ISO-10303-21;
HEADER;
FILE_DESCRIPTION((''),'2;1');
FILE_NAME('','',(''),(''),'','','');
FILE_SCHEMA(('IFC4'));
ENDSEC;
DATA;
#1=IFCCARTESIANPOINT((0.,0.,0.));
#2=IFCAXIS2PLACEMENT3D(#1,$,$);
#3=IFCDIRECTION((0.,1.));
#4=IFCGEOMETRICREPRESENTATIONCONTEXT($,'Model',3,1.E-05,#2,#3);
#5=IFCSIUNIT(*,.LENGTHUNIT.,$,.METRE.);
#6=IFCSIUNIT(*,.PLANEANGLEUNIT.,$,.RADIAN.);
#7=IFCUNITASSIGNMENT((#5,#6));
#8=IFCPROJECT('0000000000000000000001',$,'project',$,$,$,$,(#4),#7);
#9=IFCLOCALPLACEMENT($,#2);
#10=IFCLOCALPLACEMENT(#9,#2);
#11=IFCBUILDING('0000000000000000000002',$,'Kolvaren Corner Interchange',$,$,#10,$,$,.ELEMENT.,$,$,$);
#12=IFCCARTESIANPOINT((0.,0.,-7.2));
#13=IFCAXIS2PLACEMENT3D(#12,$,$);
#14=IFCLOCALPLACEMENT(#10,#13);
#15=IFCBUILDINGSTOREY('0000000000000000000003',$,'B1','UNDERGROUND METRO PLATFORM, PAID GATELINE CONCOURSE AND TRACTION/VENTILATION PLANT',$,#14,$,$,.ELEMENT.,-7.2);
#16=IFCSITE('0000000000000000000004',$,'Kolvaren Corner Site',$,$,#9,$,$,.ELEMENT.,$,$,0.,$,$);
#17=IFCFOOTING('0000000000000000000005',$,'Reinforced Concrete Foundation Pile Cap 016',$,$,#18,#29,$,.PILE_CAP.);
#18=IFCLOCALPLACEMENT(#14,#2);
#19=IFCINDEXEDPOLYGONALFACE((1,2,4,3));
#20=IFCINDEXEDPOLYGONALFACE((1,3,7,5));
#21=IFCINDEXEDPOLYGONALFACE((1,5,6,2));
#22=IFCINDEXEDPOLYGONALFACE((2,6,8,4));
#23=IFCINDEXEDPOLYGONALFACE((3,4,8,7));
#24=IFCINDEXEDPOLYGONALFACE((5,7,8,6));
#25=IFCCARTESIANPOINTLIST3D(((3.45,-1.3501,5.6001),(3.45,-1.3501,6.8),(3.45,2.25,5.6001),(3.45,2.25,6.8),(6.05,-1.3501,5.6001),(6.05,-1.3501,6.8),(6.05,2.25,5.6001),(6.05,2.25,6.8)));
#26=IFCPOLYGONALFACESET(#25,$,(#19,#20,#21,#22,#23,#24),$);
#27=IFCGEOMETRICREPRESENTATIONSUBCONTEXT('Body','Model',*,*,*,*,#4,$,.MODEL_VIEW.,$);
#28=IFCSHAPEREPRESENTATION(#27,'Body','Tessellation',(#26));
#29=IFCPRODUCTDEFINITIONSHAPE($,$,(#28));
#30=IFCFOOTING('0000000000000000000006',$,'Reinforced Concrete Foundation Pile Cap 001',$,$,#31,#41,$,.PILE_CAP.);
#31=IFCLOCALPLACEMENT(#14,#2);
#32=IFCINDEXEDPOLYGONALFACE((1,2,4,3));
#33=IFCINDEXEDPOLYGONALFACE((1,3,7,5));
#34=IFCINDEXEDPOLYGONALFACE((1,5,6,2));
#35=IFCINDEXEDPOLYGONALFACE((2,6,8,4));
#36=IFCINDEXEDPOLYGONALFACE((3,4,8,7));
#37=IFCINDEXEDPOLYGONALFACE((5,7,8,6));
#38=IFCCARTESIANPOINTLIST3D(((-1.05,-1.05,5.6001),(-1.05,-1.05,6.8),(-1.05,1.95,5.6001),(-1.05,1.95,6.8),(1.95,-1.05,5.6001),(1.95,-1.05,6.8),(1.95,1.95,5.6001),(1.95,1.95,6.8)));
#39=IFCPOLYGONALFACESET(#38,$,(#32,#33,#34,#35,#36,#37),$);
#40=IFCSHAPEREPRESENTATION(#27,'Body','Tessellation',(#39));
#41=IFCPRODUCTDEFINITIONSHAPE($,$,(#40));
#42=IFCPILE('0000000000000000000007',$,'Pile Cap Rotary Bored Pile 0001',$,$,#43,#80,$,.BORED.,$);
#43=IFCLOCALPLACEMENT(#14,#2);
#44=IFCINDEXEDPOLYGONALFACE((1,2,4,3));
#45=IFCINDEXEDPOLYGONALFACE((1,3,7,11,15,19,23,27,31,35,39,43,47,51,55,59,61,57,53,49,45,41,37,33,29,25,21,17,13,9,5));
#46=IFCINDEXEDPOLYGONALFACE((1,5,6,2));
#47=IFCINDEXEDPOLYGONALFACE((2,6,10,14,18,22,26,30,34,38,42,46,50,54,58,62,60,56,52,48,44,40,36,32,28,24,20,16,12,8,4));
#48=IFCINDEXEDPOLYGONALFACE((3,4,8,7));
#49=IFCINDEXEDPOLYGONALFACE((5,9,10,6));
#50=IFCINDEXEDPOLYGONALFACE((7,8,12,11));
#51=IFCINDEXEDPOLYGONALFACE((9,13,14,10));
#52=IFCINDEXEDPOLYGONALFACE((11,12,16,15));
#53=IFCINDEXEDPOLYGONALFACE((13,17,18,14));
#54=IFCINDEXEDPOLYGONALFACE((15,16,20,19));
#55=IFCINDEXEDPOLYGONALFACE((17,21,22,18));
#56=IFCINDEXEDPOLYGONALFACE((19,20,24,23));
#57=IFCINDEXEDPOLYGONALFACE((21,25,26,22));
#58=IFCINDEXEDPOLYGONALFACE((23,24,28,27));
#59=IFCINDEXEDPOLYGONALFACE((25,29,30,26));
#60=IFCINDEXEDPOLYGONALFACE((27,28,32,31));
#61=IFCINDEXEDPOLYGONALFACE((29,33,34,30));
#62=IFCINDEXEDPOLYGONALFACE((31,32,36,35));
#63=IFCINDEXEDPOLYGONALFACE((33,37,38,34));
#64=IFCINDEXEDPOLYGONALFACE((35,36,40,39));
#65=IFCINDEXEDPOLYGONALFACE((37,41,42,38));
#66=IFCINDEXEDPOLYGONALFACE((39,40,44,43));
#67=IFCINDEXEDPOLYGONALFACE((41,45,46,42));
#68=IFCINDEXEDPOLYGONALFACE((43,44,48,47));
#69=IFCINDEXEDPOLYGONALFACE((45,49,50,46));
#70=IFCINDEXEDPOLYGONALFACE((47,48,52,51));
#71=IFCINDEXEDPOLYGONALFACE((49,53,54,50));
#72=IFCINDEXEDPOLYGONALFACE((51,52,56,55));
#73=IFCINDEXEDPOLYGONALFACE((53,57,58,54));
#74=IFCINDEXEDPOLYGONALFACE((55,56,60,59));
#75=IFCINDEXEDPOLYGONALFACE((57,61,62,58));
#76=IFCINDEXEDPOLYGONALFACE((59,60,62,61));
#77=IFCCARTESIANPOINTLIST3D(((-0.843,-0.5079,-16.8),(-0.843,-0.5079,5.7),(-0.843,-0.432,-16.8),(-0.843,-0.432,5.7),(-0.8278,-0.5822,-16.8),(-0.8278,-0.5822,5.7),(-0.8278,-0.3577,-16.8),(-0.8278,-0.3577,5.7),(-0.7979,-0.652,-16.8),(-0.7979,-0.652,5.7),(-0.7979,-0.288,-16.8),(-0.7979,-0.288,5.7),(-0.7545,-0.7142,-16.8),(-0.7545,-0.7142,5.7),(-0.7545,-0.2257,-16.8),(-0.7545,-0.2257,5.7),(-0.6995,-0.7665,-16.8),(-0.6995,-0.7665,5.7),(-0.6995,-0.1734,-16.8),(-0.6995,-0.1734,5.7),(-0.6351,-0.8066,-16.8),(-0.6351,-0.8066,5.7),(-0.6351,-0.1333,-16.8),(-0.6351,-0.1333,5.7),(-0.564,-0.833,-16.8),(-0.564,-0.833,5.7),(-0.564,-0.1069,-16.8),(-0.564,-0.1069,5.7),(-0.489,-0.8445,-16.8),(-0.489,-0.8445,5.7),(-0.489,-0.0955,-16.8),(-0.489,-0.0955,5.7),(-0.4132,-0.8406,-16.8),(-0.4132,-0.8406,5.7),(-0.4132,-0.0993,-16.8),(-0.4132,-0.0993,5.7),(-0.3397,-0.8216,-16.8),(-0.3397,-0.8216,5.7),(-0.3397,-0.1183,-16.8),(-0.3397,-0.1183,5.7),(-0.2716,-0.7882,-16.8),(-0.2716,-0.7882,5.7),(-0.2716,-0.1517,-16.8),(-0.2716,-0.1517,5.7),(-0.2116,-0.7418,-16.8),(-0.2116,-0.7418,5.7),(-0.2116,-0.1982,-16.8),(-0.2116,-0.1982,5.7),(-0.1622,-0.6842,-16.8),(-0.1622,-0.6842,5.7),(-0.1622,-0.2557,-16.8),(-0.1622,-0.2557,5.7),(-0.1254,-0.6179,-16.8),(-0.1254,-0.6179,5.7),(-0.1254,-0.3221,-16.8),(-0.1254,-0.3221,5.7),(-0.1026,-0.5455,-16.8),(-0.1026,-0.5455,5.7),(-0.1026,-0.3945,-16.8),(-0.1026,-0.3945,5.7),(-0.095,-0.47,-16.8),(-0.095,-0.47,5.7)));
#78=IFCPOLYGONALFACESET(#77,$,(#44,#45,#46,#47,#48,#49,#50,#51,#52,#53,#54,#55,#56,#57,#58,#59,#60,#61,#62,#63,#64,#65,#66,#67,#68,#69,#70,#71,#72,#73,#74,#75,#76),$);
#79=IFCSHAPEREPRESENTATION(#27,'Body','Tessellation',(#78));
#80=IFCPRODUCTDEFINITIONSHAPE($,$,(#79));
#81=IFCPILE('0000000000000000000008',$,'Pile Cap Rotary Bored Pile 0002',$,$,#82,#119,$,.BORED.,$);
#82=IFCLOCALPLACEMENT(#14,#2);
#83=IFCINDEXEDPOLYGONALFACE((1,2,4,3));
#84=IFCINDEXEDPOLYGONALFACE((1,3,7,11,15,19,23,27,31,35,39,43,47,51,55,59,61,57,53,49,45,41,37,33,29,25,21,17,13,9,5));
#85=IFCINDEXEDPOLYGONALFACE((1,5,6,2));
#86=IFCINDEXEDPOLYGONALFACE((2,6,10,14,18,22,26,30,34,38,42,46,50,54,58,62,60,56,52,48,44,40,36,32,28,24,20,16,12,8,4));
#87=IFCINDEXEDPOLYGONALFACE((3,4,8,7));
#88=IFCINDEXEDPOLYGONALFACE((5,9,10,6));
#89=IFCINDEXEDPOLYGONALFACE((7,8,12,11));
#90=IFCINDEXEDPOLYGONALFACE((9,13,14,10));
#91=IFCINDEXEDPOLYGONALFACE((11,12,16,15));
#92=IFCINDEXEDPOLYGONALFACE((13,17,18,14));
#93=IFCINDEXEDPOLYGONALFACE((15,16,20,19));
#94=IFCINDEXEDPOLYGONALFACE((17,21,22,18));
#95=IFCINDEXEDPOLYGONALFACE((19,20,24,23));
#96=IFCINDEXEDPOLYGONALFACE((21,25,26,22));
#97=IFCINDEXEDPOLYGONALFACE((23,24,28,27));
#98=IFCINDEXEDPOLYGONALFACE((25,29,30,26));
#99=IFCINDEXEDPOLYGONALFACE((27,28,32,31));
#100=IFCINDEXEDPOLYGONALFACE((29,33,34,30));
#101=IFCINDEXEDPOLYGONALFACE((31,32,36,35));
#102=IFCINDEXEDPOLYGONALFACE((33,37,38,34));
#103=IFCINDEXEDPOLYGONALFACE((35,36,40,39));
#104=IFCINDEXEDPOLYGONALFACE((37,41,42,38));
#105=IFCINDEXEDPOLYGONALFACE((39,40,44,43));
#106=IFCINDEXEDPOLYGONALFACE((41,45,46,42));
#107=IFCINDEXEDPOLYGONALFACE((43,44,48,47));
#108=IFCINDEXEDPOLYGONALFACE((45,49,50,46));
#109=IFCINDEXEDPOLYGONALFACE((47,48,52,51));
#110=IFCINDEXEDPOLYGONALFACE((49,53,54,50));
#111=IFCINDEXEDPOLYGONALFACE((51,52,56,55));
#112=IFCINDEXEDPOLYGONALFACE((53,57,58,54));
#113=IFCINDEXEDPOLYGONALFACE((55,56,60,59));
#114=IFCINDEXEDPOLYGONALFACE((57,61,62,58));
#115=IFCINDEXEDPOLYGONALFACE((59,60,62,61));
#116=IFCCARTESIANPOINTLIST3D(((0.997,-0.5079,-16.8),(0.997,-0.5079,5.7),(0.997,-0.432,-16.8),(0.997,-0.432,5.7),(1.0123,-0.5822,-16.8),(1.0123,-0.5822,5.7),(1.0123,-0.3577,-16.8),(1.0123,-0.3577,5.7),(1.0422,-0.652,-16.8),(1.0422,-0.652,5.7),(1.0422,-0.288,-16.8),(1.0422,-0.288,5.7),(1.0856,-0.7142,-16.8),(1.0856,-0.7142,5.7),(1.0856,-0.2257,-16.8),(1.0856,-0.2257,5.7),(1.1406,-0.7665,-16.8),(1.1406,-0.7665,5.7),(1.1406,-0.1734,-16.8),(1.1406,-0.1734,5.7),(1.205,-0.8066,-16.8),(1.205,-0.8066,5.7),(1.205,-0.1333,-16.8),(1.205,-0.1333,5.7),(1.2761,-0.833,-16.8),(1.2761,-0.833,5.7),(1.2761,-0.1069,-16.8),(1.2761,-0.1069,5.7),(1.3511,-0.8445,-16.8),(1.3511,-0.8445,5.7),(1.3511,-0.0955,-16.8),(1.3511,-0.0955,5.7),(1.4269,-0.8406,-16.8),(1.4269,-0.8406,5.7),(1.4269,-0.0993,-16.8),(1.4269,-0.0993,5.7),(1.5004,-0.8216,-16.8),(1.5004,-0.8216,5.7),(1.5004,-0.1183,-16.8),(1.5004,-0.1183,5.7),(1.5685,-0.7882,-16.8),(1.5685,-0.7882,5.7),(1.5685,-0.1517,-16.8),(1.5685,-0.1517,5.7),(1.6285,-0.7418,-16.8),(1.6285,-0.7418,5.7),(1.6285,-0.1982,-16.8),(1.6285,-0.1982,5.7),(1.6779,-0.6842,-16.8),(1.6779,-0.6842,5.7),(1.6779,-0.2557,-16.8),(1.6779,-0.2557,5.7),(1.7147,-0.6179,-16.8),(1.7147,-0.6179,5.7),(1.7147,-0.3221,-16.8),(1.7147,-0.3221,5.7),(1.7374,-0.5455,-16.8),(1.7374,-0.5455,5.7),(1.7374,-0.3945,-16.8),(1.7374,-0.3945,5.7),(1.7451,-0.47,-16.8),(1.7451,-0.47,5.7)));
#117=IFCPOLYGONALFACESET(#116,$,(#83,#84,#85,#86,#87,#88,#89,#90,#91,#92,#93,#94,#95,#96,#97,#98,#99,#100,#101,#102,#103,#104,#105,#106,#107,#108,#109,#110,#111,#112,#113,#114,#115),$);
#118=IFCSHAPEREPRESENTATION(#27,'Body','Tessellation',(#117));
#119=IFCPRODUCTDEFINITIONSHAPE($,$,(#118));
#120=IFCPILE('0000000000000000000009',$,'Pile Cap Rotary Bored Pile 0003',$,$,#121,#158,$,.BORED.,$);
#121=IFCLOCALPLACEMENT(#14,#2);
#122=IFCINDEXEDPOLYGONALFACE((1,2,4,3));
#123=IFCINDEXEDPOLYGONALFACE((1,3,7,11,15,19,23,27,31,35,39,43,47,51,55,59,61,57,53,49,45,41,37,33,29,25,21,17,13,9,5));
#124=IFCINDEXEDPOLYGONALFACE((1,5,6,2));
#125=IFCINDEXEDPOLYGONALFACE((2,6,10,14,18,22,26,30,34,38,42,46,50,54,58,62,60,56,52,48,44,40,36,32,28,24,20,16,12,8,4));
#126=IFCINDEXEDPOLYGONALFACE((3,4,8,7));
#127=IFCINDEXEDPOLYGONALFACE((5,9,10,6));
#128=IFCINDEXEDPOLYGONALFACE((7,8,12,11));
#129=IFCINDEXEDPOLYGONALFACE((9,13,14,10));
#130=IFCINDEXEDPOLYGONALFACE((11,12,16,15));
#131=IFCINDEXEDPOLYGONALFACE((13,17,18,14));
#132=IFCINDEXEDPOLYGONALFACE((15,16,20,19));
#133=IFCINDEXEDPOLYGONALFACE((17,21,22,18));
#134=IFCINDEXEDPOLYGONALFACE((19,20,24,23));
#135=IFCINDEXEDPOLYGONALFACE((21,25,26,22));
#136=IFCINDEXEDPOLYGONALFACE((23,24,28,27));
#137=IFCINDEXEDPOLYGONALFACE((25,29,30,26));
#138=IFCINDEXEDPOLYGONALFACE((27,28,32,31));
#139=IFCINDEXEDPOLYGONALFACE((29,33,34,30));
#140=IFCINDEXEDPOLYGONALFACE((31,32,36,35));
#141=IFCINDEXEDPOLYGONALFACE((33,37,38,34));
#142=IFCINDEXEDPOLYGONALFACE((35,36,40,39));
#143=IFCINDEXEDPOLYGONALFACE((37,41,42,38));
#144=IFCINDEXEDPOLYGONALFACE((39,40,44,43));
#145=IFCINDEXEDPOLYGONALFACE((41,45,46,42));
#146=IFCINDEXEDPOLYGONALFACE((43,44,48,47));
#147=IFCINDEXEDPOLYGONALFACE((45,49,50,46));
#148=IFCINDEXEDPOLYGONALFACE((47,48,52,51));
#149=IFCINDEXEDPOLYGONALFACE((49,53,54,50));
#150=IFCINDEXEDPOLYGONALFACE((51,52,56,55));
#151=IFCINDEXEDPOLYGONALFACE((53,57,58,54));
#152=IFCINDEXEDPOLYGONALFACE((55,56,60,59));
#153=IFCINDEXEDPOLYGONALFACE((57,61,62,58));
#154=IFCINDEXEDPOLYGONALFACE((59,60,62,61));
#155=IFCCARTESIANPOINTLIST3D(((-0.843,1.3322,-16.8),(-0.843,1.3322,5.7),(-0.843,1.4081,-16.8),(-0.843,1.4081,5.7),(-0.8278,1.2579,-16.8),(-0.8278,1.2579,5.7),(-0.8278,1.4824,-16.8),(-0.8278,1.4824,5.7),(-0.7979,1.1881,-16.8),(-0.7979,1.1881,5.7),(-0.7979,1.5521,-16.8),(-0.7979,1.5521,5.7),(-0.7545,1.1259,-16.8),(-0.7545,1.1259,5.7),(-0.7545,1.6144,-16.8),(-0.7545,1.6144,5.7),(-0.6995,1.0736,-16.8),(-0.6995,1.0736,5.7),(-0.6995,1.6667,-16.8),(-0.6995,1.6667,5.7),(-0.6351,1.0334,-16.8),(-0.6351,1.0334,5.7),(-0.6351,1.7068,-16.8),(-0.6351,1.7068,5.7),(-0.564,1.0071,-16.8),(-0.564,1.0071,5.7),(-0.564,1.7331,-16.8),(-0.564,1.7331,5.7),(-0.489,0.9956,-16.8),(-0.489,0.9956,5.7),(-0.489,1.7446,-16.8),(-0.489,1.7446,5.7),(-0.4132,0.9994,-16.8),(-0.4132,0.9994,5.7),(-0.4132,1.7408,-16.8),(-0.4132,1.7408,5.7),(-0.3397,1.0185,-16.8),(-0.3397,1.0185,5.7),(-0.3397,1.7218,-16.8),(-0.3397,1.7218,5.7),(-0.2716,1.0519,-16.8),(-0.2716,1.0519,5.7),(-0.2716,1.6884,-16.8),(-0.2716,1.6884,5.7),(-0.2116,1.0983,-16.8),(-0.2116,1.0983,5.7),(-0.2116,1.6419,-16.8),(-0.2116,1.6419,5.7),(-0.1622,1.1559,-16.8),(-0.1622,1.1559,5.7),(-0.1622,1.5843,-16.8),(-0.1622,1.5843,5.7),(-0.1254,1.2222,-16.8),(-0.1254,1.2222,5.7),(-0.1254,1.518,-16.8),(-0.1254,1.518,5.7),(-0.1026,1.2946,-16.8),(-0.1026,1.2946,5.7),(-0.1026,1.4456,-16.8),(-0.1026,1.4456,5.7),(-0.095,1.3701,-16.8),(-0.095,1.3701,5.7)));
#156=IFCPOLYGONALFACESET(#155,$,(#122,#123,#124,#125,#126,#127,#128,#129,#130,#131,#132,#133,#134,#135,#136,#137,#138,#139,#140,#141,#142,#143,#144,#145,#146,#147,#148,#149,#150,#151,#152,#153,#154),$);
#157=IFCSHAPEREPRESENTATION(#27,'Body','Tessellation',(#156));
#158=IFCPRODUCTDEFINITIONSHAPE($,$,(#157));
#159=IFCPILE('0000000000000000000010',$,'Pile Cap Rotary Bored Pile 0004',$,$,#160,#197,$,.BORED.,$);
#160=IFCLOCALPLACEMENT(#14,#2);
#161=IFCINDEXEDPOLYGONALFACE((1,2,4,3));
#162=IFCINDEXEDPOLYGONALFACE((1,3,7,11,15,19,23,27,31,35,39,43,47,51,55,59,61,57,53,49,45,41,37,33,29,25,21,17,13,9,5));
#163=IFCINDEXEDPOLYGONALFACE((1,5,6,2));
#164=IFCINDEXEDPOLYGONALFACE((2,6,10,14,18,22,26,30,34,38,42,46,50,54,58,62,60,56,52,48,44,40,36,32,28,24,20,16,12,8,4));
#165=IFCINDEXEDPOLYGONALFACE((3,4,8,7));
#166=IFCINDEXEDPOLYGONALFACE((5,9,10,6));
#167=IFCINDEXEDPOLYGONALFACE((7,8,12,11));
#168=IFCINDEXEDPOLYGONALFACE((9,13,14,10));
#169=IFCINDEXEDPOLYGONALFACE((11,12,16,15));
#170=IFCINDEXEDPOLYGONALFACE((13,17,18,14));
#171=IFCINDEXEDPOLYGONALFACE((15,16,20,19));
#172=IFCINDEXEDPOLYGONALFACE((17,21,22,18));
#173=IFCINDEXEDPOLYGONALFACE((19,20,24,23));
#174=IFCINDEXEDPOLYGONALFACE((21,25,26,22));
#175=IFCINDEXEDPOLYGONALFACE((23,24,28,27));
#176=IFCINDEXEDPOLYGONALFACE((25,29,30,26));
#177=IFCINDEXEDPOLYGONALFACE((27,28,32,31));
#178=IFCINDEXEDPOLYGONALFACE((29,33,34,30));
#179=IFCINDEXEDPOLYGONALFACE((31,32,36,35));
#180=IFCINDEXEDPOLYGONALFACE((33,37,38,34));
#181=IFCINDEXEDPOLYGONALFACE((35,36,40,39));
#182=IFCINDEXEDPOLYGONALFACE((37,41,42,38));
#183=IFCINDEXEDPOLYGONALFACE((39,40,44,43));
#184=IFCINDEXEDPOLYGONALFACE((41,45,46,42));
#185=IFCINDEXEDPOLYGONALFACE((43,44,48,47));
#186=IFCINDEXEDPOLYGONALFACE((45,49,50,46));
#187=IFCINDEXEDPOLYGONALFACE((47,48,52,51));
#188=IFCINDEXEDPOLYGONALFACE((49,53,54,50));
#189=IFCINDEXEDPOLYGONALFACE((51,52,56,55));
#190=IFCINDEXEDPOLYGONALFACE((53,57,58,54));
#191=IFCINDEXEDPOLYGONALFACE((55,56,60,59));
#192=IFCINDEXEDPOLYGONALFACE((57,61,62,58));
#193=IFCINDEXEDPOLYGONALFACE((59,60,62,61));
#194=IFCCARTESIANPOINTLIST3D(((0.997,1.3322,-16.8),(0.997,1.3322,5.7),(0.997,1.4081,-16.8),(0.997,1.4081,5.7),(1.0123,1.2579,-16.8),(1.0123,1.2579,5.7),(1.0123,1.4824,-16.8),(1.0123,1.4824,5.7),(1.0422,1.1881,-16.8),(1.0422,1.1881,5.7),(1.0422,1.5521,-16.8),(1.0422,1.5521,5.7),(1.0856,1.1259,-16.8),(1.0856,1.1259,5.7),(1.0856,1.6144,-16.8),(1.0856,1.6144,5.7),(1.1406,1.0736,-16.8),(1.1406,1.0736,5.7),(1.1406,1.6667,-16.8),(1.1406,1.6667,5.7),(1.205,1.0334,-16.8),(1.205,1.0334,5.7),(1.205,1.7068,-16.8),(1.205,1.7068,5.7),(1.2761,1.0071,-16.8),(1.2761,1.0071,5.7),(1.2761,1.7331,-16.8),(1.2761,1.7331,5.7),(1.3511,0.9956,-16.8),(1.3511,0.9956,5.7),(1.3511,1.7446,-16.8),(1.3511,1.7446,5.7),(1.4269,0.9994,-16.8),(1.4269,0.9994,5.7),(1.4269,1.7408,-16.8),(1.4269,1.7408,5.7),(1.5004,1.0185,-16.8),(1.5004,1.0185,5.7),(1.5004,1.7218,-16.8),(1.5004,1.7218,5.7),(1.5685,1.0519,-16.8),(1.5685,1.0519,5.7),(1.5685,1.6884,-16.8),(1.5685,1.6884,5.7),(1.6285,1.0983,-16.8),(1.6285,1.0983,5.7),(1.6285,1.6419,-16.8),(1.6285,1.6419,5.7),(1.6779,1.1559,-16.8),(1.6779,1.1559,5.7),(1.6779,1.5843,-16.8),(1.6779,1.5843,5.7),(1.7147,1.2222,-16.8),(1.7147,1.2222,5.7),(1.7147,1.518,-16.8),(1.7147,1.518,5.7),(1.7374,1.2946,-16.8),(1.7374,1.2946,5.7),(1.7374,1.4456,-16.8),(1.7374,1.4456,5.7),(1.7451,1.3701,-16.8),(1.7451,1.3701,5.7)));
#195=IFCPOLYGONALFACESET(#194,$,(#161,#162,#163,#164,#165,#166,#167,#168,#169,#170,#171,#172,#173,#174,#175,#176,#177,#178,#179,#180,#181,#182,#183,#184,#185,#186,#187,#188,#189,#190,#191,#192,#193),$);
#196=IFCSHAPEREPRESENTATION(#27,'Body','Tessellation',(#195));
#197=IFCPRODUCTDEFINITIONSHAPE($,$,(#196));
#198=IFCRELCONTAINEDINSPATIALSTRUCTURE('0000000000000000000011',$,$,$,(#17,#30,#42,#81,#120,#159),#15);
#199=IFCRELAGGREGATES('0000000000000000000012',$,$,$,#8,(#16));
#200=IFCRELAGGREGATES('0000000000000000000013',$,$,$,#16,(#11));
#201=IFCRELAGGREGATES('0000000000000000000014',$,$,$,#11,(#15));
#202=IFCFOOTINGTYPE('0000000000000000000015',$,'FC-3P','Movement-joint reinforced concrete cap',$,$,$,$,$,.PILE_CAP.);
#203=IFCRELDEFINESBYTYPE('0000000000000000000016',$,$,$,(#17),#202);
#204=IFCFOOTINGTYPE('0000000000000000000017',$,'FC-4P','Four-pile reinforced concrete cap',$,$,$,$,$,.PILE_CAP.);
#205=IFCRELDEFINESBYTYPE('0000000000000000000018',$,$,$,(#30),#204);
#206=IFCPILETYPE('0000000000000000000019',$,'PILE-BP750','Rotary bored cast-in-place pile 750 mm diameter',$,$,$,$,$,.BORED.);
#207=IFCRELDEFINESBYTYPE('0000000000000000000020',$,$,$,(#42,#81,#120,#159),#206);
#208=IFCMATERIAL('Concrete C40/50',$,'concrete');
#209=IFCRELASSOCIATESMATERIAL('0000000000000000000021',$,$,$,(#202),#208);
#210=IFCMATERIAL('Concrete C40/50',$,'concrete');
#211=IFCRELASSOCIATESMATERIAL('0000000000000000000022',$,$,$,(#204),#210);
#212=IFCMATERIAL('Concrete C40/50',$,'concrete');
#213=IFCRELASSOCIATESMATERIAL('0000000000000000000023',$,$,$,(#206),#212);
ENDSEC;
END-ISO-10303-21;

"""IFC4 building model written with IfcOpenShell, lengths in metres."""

from ifc_helpers import new_model, si_unit, direction, frame, origin, origin_2d, place, context, subcontext, project, spatial, rectangle, circle, extrude, material, material_profile, profile_set, type_object, element, save


model = new_model("IFC4")

# Units and contexts
model_context = context("Model", 3, precision=1e-05, world=origin(), true_north=direction((0.0, 1.0)))
body_context = subcontext(model_context, "Body", "Model", "MODEL_VIEW")
ifc_project = project(units=[si_unit("LENGTHUNIT", "METRE"), si_unit("PLANEANGLEUNIT", "RADIAN")], contexts=[model_context])

# Site, building, storey
site_placement = place(None, origin())
site = spatial("IfcSite", under=ifc_project, at=site_placement, Name="Kolvaren Corner Site", CompositionType="ELEMENT", RefElevation=0.0)
building_placement = place(site_placement, origin())
building = spatial("IfcBuilding", under=site, at=building_placement, Name="Kolvaren Corner Interchange", CompositionType="ELEMENT")
storey_placement = place(building_placement, frame((0.0, 0.0, -7.2)))
storey = spatial("IfcBuildingStorey", under=building, at=storey_placement, Name="B1", Description="UNDERGROUND METRO PLATFORM, PAID GATELINE CONCOURSE AND TRACTION/VENTILATION PLANT", CompositionType="ELEMENT", Elevation=-7.2)

# Footings
ifc_material_1 = material(Name="Concrete C40/50", Category="concrete")
footing_type_1 = type_object("IfcFootingType", Name="FC-3P", Description="Movement-joint reinforced concrete cap", PredefinedType="PILE_CAP", material=ifc_material_1)
footing_1_placement = place(storey_placement, frame((4.75, 0.45, 5.6001), z_axis=(0.0, 0.0, 1.0), x_axis=(1.0, 0.0, 0.0)))
element("IfcFooting", 1, at=footing_1_placement, inside=storey, type_object=footing_type_1, Name="Reinforced Concrete Foundation Pile Cap 016", PredefinedType="PILE_CAP", context=body_context, shape_type="SweptSolid", body=[
    extrude(rectangle(XDim=2.6001, YDim=3.6001, at=origin_2d()), origin(), (0.0, 0.0, 1.0), 1.2),
])
ifc_material_2 = material(Name="Concrete C40/50", Category="concrete")
footing_type_2 = type_object("IfcFootingType", Name="FC-4P", Description="Four-pile reinforced concrete cap", PredefinedType="PILE_CAP", material=ifc_material_2)
footing_2_placement = place(storey_placement, frame((0.45, 0.45, 5.6001), z_axis=(0.0, 0.0, 1.0), x_axis=(1.0, 0.0, 0.0)))
element("IfcFooting", 2, at=footing_2_placement, inside=storey, type_object=footing_type_2, Name="Reinforced Concrete Foundation Pile Cap 001", PredefinedType="PILE_CAP", context=body_context, shape_type="SweptSolid", body=[
    extrude(rectangle(XDim=3.0, YDim=3.0, at=origin_2d()), origin(), (0.0, 0.0, 1.0), 1.2),
])

# Piles
ifc_material_3 = material(Name="Concrete C40/50", Category="concrete")
ifc_material_profile = material_profile(ifc_material_3, circle(Radius=0.375, at=origin_2d()), Name="BORED PILE 750")
ifc_profile_set = profile_set([ifc_material_profile], Name="Concrete C40/50")
pile_type = type_object("IfcPileType", Name="PILE-BP750", Description="Rotary bored cast-in-place pile 750 mm diameter", PredefinedType="BORED", material=ifc_profile_set)
for number, where, z_axis, x_axis, name in (
    (3, (-0.47, -0.47, 5.7), (0.0, 0.0, -1.0), (1.0, 0.0, 0.0), "Pile Cap Rotary Bored Pile 0001"),
    (4, (1.3701, -0.47, 5.7), (0.0, 0.0, -1.0), (1.0, 0.0, 0.0), "Pile Cap Rotary Bored Pile 0002"),
    (5, (-0.47, 1.3701, 5.7), (0.0, 0.0, -1.0), (1.0, 0.0, 0.0), "Pile Cap Rotary Bored Pile 0003"),
    (6, (1.3701, 1.3701, 5.7), (0.0, 0.0, -1.0), (1.0, 0.0, 0.0), "Pile Cap Rotary Bored Pile 0004"),
):
    element("IfcPile", number, at=place(storey_placement, frame(where, z_axis=z_axis, x_axis=x_axis)), inside=storey, type_object=pile_type, Name=name, PredefinedType="BORED", context=body_context, shape_type="SweptSolid", body=[
        extrude(circle(Radius=0.375, at=origin_2d()), origin(), (0.0, 0.0, 1.0), 22.5),
    ])

save(model, "model.ifc")
